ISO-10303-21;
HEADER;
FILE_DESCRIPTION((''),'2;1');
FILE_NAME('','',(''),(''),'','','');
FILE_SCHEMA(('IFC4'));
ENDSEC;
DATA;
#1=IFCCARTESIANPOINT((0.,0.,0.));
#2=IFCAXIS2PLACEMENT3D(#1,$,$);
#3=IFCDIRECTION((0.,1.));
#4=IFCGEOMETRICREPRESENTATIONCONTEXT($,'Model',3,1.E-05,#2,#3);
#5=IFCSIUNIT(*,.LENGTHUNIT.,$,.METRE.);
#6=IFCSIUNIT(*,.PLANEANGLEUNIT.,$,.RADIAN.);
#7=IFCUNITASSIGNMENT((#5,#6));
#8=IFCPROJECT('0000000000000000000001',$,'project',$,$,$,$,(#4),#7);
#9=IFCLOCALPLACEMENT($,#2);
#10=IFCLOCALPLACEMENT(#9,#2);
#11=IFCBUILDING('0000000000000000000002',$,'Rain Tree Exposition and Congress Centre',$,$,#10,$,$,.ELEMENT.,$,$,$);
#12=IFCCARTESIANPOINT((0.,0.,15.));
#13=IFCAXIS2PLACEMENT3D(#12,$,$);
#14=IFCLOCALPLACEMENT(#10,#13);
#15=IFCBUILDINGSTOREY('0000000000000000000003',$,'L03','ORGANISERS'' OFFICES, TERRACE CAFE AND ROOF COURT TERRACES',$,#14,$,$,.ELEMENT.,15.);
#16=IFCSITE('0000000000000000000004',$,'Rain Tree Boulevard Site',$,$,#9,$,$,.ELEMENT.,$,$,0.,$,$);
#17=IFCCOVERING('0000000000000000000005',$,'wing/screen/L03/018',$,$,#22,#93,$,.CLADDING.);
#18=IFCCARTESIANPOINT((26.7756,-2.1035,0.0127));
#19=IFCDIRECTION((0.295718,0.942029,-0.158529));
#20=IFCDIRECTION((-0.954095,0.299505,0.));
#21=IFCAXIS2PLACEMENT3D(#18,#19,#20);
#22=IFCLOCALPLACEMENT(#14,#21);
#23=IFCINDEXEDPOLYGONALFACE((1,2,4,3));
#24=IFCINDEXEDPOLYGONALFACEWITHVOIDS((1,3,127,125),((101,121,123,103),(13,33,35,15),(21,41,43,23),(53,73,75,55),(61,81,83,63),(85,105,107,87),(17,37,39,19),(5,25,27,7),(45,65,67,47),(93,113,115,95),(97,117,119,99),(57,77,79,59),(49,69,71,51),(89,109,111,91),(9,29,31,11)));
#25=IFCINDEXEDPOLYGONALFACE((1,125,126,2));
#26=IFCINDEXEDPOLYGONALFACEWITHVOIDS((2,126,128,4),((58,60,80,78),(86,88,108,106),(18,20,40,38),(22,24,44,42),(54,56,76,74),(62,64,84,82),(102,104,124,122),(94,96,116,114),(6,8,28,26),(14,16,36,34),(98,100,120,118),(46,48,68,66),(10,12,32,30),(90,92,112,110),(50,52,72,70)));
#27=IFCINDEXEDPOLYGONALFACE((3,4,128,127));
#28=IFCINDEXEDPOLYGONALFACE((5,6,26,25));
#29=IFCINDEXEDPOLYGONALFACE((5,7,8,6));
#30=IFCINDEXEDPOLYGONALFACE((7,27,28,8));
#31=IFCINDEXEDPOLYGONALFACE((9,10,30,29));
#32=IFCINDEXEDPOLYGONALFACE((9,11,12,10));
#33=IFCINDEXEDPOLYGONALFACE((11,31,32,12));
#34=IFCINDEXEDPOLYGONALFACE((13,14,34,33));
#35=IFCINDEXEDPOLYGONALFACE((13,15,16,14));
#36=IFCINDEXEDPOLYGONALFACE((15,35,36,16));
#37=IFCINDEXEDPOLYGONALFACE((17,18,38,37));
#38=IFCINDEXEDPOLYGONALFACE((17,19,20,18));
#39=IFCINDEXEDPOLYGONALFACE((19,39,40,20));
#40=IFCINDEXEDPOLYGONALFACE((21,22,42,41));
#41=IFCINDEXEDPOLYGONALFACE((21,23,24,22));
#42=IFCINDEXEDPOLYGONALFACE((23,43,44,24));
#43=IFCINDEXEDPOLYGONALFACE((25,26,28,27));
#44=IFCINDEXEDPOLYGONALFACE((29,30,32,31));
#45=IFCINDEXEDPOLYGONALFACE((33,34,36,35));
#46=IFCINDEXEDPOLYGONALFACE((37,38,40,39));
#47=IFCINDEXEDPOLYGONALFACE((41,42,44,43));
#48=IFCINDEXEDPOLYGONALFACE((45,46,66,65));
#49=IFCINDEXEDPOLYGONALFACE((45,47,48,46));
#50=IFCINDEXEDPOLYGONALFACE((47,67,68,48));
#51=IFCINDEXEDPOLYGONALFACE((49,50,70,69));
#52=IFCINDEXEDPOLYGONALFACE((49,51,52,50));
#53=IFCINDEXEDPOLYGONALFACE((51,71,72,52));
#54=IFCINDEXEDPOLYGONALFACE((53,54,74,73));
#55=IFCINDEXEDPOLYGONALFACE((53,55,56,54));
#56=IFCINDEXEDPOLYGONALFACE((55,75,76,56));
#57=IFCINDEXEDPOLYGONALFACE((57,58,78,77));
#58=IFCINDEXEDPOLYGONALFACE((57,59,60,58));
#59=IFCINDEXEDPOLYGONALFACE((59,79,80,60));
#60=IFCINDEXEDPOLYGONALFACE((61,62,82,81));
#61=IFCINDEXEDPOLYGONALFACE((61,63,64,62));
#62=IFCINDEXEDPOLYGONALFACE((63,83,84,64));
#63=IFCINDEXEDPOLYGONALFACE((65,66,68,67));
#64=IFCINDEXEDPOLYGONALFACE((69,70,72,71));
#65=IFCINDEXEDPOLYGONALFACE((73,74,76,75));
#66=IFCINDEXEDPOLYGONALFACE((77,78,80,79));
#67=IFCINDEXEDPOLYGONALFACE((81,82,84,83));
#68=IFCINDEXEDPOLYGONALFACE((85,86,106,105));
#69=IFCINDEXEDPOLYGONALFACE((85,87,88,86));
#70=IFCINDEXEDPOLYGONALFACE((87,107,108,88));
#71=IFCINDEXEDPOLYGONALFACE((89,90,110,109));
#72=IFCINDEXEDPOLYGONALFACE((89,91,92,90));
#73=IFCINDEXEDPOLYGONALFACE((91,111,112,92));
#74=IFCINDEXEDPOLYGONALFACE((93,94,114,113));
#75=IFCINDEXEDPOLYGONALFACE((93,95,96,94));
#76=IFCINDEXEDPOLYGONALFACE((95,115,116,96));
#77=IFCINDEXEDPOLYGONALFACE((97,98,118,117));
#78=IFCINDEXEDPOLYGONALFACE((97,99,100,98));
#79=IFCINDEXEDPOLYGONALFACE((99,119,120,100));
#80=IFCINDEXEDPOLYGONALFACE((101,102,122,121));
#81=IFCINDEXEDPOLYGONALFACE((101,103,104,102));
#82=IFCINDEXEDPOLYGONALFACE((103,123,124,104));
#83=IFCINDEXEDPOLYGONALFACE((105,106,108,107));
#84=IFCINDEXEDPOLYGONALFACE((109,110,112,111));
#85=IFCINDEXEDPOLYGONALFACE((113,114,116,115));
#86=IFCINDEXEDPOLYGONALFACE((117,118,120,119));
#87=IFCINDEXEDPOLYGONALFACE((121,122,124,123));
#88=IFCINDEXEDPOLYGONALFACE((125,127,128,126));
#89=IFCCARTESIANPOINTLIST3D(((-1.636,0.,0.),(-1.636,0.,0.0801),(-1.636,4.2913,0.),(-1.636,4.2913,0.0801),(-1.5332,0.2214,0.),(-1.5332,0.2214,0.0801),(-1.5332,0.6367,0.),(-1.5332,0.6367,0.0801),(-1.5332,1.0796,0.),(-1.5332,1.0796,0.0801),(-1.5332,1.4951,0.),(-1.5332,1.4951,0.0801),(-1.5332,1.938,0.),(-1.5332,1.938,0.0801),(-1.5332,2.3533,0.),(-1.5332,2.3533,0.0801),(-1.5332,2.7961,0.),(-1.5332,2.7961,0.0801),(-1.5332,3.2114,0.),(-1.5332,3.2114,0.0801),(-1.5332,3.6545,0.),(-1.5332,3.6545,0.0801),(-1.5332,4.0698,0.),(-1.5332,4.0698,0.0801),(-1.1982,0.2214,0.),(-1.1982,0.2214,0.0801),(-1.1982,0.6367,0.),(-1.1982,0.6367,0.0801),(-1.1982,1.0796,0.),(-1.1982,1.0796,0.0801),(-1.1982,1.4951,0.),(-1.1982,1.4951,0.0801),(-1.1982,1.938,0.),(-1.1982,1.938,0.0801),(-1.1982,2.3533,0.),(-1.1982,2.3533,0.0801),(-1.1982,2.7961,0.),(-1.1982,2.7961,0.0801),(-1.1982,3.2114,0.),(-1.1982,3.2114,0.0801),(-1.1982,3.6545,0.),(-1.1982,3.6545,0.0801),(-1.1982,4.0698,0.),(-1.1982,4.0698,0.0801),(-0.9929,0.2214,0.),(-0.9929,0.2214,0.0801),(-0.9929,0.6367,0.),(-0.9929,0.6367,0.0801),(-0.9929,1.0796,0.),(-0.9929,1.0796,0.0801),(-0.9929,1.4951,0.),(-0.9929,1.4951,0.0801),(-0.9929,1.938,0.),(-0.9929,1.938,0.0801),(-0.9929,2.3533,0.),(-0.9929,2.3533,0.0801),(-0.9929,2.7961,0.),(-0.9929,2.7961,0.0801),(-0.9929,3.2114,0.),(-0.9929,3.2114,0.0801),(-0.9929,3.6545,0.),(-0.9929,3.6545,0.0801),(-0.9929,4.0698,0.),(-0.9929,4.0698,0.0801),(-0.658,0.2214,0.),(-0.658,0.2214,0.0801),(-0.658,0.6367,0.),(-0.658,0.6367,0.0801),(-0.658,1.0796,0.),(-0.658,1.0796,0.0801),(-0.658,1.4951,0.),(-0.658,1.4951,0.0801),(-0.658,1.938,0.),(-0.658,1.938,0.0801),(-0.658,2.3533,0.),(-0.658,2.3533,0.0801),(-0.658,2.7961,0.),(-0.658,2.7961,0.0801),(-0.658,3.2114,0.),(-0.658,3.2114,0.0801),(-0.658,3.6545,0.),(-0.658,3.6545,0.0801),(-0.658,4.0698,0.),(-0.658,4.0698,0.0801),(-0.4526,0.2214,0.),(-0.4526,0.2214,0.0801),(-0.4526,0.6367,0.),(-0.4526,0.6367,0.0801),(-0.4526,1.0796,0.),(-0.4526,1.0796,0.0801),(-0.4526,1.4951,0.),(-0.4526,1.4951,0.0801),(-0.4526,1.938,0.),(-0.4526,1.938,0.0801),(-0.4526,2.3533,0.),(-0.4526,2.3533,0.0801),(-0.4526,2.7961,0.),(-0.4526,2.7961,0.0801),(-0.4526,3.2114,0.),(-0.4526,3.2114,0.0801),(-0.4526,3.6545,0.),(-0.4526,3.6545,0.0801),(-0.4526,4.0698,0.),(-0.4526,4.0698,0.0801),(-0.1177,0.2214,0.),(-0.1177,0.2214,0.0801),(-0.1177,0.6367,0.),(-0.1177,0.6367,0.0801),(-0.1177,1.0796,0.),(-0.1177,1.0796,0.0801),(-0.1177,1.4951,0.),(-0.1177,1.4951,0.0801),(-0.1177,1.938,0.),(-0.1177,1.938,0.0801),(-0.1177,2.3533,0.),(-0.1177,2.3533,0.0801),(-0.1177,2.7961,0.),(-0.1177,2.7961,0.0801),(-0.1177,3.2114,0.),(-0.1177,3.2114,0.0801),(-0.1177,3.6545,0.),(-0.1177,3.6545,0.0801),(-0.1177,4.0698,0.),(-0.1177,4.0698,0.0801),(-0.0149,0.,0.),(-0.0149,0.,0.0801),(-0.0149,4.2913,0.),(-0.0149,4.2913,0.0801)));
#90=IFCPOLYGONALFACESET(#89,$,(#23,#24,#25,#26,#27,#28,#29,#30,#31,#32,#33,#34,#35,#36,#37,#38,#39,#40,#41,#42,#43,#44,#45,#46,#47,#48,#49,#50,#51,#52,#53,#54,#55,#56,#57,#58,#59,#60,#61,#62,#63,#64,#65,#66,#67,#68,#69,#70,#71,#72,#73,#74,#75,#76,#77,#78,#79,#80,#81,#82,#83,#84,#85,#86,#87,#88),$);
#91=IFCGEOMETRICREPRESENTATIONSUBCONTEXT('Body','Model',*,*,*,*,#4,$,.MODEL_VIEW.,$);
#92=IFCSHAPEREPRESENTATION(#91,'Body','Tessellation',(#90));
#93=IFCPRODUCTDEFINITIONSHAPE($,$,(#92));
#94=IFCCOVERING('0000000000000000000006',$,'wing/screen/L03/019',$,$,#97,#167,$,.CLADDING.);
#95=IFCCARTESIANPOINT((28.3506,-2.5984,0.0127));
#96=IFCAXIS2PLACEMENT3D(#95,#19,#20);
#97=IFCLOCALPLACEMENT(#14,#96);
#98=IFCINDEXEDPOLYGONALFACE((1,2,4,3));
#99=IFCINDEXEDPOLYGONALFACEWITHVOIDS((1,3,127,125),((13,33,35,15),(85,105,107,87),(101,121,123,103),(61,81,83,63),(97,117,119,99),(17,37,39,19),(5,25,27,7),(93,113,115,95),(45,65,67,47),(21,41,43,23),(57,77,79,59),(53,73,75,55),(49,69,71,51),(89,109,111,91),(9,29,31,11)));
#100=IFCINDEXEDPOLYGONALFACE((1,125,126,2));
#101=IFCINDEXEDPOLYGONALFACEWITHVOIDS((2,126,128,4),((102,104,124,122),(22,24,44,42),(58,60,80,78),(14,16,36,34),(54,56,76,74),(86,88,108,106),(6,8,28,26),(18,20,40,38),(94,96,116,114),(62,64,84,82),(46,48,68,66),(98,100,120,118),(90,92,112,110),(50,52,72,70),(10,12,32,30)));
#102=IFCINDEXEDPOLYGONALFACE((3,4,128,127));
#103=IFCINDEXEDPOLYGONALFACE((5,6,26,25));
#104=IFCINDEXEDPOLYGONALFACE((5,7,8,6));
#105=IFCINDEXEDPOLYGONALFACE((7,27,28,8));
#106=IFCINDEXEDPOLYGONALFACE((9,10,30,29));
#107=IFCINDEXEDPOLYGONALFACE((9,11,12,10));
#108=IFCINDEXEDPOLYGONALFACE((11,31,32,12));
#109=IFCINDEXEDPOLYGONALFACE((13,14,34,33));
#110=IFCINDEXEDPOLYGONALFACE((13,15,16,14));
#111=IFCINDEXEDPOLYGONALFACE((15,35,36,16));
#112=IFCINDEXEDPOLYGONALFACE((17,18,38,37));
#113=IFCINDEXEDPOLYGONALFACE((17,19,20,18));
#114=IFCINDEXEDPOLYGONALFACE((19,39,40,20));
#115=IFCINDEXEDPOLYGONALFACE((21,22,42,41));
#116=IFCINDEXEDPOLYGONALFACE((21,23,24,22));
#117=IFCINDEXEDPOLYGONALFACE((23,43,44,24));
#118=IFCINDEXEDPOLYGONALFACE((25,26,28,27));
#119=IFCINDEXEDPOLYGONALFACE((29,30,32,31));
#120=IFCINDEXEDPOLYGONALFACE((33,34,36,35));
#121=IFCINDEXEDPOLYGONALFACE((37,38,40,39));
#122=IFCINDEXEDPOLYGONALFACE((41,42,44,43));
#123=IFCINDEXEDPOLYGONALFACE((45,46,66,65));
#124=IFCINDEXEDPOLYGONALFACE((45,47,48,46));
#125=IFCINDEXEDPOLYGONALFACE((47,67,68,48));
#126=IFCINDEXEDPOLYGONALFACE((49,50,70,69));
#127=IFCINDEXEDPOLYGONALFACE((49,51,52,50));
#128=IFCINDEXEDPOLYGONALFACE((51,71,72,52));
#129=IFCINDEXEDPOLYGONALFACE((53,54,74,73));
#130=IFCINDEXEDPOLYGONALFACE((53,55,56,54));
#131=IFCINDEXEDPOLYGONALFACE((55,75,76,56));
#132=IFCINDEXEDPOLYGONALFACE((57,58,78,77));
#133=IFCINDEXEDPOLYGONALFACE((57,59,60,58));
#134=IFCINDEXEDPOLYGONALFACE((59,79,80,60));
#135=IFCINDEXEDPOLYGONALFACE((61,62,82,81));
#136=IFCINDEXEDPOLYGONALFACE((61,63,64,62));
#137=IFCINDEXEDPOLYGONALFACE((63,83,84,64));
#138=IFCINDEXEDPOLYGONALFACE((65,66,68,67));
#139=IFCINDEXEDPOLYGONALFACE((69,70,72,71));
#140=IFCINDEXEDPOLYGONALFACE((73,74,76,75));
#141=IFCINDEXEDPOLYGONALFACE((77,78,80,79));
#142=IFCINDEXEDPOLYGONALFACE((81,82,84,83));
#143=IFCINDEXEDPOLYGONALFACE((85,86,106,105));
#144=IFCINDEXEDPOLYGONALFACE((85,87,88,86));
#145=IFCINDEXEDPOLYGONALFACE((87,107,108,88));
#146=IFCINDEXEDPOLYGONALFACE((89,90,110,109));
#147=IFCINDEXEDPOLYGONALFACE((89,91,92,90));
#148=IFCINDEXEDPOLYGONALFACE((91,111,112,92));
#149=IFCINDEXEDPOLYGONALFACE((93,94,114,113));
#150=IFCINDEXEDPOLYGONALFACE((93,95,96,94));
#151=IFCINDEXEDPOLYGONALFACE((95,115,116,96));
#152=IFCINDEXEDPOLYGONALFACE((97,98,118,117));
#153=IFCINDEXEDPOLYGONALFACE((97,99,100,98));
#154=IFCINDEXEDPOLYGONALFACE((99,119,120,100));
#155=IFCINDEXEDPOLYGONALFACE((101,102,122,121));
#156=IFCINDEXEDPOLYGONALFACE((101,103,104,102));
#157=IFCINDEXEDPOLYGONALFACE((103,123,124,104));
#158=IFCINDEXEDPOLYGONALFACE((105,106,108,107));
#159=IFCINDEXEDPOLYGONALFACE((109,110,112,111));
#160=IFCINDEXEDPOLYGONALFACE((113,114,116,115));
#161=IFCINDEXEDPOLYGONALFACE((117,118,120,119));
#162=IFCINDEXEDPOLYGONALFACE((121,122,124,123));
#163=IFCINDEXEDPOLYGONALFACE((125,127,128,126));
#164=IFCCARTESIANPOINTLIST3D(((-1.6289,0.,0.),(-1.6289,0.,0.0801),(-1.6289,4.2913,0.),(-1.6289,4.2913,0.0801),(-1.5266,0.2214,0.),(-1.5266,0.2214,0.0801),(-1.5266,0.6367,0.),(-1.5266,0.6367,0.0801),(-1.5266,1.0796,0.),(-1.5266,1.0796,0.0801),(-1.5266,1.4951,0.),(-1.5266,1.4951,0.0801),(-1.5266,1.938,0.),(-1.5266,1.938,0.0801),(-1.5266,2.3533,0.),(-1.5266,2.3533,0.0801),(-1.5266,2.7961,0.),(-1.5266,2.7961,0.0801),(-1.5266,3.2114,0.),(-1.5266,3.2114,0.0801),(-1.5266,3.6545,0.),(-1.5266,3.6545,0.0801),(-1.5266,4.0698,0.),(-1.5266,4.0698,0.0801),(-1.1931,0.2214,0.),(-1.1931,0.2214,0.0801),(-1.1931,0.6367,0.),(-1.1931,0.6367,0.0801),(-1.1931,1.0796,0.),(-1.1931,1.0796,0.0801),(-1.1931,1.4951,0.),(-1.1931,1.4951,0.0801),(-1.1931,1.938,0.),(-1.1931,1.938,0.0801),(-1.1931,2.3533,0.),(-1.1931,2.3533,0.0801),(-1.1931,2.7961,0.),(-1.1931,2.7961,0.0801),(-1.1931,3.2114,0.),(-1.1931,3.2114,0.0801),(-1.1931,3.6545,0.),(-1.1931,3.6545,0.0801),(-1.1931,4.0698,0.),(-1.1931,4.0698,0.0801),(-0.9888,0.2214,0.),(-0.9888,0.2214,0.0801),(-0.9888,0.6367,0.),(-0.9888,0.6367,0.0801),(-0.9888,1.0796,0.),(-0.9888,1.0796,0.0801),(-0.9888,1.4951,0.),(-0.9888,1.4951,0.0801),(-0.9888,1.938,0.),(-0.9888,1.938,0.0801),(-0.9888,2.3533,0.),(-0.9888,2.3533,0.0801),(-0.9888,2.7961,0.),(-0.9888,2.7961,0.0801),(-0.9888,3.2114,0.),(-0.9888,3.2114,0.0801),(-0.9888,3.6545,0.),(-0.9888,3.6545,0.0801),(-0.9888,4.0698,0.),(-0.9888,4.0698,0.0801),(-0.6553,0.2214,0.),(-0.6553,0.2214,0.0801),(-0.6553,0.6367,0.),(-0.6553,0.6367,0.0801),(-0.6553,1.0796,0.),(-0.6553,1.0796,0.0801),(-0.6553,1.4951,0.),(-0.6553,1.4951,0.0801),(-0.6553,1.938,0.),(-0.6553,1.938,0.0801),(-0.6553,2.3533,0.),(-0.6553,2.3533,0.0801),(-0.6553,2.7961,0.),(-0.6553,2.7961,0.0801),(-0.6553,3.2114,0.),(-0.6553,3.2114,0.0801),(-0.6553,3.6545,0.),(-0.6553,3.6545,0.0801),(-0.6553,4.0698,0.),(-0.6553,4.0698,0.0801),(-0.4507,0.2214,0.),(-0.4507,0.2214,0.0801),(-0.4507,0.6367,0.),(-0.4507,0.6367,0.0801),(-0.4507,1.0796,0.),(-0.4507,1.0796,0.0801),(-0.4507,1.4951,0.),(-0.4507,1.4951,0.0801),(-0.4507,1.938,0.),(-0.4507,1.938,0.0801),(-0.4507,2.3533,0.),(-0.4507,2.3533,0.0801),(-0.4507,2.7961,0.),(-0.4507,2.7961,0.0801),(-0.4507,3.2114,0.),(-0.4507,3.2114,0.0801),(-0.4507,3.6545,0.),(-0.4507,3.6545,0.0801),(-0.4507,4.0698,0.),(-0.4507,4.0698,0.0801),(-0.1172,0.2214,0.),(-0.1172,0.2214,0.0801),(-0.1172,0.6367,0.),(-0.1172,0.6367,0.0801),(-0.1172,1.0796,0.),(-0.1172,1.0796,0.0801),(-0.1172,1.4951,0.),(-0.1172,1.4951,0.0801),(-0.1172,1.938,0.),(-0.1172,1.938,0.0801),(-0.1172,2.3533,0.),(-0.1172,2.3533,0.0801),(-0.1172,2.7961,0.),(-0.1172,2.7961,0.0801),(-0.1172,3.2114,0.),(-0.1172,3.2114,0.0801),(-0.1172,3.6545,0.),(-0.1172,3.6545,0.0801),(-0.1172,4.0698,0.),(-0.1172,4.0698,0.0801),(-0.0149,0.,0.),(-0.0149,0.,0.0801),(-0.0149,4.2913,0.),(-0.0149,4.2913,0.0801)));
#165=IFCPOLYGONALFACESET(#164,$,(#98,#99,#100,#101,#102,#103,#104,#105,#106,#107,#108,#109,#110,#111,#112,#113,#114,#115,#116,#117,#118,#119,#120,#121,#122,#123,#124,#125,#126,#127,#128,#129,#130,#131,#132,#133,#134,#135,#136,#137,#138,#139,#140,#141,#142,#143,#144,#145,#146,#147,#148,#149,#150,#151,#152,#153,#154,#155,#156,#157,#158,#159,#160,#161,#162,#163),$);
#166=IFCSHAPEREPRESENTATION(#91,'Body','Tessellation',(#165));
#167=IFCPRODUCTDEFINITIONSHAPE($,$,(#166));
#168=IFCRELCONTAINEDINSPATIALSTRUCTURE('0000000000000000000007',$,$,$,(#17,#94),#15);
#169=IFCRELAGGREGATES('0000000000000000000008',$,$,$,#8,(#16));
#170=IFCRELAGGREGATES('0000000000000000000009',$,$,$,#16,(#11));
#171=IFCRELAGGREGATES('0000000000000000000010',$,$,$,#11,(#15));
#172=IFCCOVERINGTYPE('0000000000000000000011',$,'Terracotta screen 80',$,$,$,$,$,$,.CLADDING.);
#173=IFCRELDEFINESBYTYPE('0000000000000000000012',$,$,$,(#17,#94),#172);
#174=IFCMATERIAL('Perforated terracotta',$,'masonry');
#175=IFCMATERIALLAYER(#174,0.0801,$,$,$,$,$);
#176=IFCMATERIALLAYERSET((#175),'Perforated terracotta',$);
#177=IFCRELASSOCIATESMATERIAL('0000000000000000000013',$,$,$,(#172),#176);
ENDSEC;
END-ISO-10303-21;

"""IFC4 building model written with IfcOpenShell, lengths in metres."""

from ifc_helpers import new_model, si_unit, direction, frame, origin, place, context, subcontext, project, spatial, polyline, outline, extrude, material, layer, layer_set, type_object, element, save


model = new_model("IFC4")

# Units and contexts
model_context = context("Model", 3, precision=1e-05, world=origin(), true_north=direction((0.0, 1.0)))
body_context = subcontext(model_context, "Body", "Model", "MODEL_VIEW")
ifc_project = project(units=[si_unit("LENGTHUNIT", "METRE"), si_unit("PLANEANGLEUNIT", "RADIAN")], contexts=[model_context])

# Site, building, storey
site_placement = place(None, origin())
site = spatial("IfcSite", under=ifc_project, at=site_placement, Name="Rain Tree Boulevard Site", CompositionType="ELEMENT", RefElevation=0.0)
building_placement = place(site_placement, origin())
building = spatial("IfcBuilding", under=site, at=building_placement, Name="Rain Tree Exposition and Congress Centre", CompositionType="ELEMENT")
storey_placement = place(building_placement, frame((0.0, 0.0, 15.0)))
storey = spatial("IfcBuildingStorey", under=building, at=storey_placement, Name="L03", Description="ORGANISERS' OFFICES, TERRACE CAFE AND ROOF COURT TERRACES", CompositionType="ELEMENT", Elevation=15.0)

# Coverings
ifc_material_1 = material(Name="Perforated terracotta", Category="masonry")
ifc_layer = layer(ifc_material_1, 0.0801)
ifc_layer_set = layer_set([ifc_layer], Name="Perforated terracotta")
covering_type = type_object("IfcCoveringType", Name="Terracotta screen 80", PredefinedType="CLADDING", material=ifc_layer_set)
covering_1_placement = place(storey_placement, frame((26.7756, -2.1035, 0.0127), z_axis=(0.295718, 0.942029, -0.158529), x_axis=(-0.954095, 0.299505, 0.0)))
element("IfcCovering", 1, at=covering_1_placement, inside=storey, type_object=covering_type, Name="wing/screen/L03/018", PredefinedType="CLADDING", context=body_context, shape_type="SweptSolid", body=[
    extrude(outline(polyline([(-1.636, 0.0), (-1.636, 4.2913), (-0.0149, 4.2913), (-0.0149, 0.0), (-1.636, 0.0)]), holes=[polyline([(-0.1177, 0.2214), (-0.1177, 0.6367), (-0.4526, 0.6367), (-0.4526, 0.2214), (-0.1177, 0.2214)]), polyline([(-0.1177, 1.0796), (-0.1177, 1.4951), (-0.4526, 1.4951), (-0.4526, 1.0796), (-0.1177, 1.0796)]), polyline([(-0.1177, 1.938), (-0.1177, 2.3533), (-0.4526, 2.3533), (-0.4526, 1.938), (-0.1177, 1.938)]), polyline([(-0.1177, 2.7961), (-0.1177, 3.2114), (-0.4526, 3.2114), (-0.4526, 2.7961), (-0.1177, 2.7961)]), polyline([(-0.1177, 3.6545), (-0.1177, 4.0698), (-0.4526, 4.0698), (-0.4526, 3.6545), (-0.1177, 3.6545)]), polyline([(-0.658, 0.2214), (-0.658, 0.6367), (-0.9929, 0.6367), (-0.9929, 0.2214), (-0.658, 0.2214)]), polyline([(-0.658, 1.0796), (-0.658, 1.4951), (-0.9929, 1.4951), (-0.9929, 1.0796), (-0.658, 1.0796)]), polyline([(-0.658, 1.938), (-0.658, 2.3533), (-0.9929, 2.3533), (-0.9929, 1.938), (-0.658, 1.938)]), polyline([(-0.658, 2.7961), (-0.658, 3.2114), (-0.9929, 3.2114), (-0.9929, 2.7961), (-0.658, 2.7961)]), polyline([(-0.658, 3.6545), (-0.658, 4.0698), (-0.9929, 4.0698), (-0.9929, 3.6545), (-0.658, 3.6545)]), polyline([(-1.1982, 0.2214), (-1.1982, 0.6367), (-1.5332, 0.6367), (-1.5332, 0.2214), (-1.1982, 0.2214)]), polyline([(-1.1982, 1.0796), (-1.1982, 1.4951), (-1.5332, 1.4951), (-1.5332, 1.0796), (-1.1982, 1.0796)]), polyline([(-1.1982, 1.938), (-1.1982, 2.3533), (-1.5332, 2.3533), (-1.5332, 1.938), (-1.1982, 1.938)]), polyline([(-1.1982, 2.7961), (-1.1982, 3.2114), (-1.5332, 3.2114), (-1.5332, 2.7961), (-1.1982, 2.7961)]), polyline([(-1.1982, 3.6545), (-1.1982, 4.0698), (-1.5332, 4.0698), (-1.5332, 3.6545), (-1.1982, 3.6545)])]), origin(), (0.0, 0.0, 1.0), 0.0801),
])
covering_2_placement = place(storey_placement, frame((28.3506, -2.5984, 0.0127), z_axis=(0.295718, 0.942029, -0.158529), x_axis=(-0.954095, 0.299505, 0.0)))
element("IfcCovering", 2, at=covering_2_placement, inside=storey, type_object=covering_type, Name="wing/screen/L03/019", PredefinedType="CLADDING", context=body_context, shape_type="SweptSolid", body=[
    extrude(outline(polyline([(-1.6289, 0.0), (-1.6289, 4.2913), (-0.0149, 4.2913), (-0.0149, 0.0), (-1.6289, 0.0)]), holes=[polyline([(-0.1172, 0.2214), (-0.1172, 0.6367), (-0.4507, 0.6367), (-0.4507, 0.2214), (-0.1172, 0.2214)]), polyline([(-0.1172, 1.0796), (-0.1172, 1.4951), (-0.4507, 1.4951), (-0.4507, 1.0796), (-0.1172, 1.0796)]), polyline([(-0.1172, 1.938), (-0.1172, 2.3533), (-0.4507, 2.3533), (-0.4507, 1.938), (-0.1172, 1.938)]), polyline([(-0.1172, 2.7961), (-0.1172, 3.2114), (-0.4507, 3.2114), (-0.4507, 2.7961), (-0.1172, 2.7961)]), polyline([(-0.1172, 3.6545), (-0.1172, 4.0698), (-0.4507, 4.0698), (-0.4507, 3.6545), (-0.1172, 3.6545)]), polyline([(-0.6553, 0.2214), (-0.6553, 0.6367), (-0.9888, 0.6367), (-0.9888, 0.2214), (-0.6553, 0.2214)]), polyline([(-0.6553, 1.0796), (-0.6553, 1.4951), (-0.9888, 1.4951), (-0.9888, 1.0796), (-0.6553, 1.0796)]), polyline([(-0.6553, 1.938), (-0.6553, 2.3533), (-0.9888, 2.3533), (-0.9888, 1.938), (-0.6553, 1.938)]), polyline([(-0.6553, 2.7961), (-0.6553, 3.2114), (-0.9888, 3.2114), (-0.9888, 2.7961), (-0.6553, 2.7961)]), polyline([(-0.6553, 3.6545), (-0.6553, 4.0698), (-0.9888, 4.0698), (-0.9888, 3.6545), (-0.6553, 3.6545)]), polyline([(-1.1931, 0.2214), (-1.1931, 0.6367), (-1.5266, 0.6367), (-1.5266, 0.2214), (-1.1931, 0.2214)]), polyline([(-1.1931, 1.0796), (-1.1931, 1.4951), (-1.5266, 1.4951), (-1.5266, 1.0796), (-1.1931, 1.0796)]), polyline([(-1.1931, 1.938), (-1.1931, 2.3533), (-1.5266, 2.3533), (-1.5266, 1.938), (-1.1931, 1.938)]), polyline([(-1.1931, 2.7961), (-1.1931, 3.2114), (-1.5266, 3.2114), (-1.5266, 2.7961), (-1.1931, 2.7961)]), polyline([(-1.1931, 3.6545), (-1.1931, 4.0698), (-1.5266, 4.0698), (-1.5266, 3.6545), (-1.1931, 3.6545)])]), origin(), (0.0, 0.0, 1.0), 0.0801),
])

save(model, "model.ifc")
